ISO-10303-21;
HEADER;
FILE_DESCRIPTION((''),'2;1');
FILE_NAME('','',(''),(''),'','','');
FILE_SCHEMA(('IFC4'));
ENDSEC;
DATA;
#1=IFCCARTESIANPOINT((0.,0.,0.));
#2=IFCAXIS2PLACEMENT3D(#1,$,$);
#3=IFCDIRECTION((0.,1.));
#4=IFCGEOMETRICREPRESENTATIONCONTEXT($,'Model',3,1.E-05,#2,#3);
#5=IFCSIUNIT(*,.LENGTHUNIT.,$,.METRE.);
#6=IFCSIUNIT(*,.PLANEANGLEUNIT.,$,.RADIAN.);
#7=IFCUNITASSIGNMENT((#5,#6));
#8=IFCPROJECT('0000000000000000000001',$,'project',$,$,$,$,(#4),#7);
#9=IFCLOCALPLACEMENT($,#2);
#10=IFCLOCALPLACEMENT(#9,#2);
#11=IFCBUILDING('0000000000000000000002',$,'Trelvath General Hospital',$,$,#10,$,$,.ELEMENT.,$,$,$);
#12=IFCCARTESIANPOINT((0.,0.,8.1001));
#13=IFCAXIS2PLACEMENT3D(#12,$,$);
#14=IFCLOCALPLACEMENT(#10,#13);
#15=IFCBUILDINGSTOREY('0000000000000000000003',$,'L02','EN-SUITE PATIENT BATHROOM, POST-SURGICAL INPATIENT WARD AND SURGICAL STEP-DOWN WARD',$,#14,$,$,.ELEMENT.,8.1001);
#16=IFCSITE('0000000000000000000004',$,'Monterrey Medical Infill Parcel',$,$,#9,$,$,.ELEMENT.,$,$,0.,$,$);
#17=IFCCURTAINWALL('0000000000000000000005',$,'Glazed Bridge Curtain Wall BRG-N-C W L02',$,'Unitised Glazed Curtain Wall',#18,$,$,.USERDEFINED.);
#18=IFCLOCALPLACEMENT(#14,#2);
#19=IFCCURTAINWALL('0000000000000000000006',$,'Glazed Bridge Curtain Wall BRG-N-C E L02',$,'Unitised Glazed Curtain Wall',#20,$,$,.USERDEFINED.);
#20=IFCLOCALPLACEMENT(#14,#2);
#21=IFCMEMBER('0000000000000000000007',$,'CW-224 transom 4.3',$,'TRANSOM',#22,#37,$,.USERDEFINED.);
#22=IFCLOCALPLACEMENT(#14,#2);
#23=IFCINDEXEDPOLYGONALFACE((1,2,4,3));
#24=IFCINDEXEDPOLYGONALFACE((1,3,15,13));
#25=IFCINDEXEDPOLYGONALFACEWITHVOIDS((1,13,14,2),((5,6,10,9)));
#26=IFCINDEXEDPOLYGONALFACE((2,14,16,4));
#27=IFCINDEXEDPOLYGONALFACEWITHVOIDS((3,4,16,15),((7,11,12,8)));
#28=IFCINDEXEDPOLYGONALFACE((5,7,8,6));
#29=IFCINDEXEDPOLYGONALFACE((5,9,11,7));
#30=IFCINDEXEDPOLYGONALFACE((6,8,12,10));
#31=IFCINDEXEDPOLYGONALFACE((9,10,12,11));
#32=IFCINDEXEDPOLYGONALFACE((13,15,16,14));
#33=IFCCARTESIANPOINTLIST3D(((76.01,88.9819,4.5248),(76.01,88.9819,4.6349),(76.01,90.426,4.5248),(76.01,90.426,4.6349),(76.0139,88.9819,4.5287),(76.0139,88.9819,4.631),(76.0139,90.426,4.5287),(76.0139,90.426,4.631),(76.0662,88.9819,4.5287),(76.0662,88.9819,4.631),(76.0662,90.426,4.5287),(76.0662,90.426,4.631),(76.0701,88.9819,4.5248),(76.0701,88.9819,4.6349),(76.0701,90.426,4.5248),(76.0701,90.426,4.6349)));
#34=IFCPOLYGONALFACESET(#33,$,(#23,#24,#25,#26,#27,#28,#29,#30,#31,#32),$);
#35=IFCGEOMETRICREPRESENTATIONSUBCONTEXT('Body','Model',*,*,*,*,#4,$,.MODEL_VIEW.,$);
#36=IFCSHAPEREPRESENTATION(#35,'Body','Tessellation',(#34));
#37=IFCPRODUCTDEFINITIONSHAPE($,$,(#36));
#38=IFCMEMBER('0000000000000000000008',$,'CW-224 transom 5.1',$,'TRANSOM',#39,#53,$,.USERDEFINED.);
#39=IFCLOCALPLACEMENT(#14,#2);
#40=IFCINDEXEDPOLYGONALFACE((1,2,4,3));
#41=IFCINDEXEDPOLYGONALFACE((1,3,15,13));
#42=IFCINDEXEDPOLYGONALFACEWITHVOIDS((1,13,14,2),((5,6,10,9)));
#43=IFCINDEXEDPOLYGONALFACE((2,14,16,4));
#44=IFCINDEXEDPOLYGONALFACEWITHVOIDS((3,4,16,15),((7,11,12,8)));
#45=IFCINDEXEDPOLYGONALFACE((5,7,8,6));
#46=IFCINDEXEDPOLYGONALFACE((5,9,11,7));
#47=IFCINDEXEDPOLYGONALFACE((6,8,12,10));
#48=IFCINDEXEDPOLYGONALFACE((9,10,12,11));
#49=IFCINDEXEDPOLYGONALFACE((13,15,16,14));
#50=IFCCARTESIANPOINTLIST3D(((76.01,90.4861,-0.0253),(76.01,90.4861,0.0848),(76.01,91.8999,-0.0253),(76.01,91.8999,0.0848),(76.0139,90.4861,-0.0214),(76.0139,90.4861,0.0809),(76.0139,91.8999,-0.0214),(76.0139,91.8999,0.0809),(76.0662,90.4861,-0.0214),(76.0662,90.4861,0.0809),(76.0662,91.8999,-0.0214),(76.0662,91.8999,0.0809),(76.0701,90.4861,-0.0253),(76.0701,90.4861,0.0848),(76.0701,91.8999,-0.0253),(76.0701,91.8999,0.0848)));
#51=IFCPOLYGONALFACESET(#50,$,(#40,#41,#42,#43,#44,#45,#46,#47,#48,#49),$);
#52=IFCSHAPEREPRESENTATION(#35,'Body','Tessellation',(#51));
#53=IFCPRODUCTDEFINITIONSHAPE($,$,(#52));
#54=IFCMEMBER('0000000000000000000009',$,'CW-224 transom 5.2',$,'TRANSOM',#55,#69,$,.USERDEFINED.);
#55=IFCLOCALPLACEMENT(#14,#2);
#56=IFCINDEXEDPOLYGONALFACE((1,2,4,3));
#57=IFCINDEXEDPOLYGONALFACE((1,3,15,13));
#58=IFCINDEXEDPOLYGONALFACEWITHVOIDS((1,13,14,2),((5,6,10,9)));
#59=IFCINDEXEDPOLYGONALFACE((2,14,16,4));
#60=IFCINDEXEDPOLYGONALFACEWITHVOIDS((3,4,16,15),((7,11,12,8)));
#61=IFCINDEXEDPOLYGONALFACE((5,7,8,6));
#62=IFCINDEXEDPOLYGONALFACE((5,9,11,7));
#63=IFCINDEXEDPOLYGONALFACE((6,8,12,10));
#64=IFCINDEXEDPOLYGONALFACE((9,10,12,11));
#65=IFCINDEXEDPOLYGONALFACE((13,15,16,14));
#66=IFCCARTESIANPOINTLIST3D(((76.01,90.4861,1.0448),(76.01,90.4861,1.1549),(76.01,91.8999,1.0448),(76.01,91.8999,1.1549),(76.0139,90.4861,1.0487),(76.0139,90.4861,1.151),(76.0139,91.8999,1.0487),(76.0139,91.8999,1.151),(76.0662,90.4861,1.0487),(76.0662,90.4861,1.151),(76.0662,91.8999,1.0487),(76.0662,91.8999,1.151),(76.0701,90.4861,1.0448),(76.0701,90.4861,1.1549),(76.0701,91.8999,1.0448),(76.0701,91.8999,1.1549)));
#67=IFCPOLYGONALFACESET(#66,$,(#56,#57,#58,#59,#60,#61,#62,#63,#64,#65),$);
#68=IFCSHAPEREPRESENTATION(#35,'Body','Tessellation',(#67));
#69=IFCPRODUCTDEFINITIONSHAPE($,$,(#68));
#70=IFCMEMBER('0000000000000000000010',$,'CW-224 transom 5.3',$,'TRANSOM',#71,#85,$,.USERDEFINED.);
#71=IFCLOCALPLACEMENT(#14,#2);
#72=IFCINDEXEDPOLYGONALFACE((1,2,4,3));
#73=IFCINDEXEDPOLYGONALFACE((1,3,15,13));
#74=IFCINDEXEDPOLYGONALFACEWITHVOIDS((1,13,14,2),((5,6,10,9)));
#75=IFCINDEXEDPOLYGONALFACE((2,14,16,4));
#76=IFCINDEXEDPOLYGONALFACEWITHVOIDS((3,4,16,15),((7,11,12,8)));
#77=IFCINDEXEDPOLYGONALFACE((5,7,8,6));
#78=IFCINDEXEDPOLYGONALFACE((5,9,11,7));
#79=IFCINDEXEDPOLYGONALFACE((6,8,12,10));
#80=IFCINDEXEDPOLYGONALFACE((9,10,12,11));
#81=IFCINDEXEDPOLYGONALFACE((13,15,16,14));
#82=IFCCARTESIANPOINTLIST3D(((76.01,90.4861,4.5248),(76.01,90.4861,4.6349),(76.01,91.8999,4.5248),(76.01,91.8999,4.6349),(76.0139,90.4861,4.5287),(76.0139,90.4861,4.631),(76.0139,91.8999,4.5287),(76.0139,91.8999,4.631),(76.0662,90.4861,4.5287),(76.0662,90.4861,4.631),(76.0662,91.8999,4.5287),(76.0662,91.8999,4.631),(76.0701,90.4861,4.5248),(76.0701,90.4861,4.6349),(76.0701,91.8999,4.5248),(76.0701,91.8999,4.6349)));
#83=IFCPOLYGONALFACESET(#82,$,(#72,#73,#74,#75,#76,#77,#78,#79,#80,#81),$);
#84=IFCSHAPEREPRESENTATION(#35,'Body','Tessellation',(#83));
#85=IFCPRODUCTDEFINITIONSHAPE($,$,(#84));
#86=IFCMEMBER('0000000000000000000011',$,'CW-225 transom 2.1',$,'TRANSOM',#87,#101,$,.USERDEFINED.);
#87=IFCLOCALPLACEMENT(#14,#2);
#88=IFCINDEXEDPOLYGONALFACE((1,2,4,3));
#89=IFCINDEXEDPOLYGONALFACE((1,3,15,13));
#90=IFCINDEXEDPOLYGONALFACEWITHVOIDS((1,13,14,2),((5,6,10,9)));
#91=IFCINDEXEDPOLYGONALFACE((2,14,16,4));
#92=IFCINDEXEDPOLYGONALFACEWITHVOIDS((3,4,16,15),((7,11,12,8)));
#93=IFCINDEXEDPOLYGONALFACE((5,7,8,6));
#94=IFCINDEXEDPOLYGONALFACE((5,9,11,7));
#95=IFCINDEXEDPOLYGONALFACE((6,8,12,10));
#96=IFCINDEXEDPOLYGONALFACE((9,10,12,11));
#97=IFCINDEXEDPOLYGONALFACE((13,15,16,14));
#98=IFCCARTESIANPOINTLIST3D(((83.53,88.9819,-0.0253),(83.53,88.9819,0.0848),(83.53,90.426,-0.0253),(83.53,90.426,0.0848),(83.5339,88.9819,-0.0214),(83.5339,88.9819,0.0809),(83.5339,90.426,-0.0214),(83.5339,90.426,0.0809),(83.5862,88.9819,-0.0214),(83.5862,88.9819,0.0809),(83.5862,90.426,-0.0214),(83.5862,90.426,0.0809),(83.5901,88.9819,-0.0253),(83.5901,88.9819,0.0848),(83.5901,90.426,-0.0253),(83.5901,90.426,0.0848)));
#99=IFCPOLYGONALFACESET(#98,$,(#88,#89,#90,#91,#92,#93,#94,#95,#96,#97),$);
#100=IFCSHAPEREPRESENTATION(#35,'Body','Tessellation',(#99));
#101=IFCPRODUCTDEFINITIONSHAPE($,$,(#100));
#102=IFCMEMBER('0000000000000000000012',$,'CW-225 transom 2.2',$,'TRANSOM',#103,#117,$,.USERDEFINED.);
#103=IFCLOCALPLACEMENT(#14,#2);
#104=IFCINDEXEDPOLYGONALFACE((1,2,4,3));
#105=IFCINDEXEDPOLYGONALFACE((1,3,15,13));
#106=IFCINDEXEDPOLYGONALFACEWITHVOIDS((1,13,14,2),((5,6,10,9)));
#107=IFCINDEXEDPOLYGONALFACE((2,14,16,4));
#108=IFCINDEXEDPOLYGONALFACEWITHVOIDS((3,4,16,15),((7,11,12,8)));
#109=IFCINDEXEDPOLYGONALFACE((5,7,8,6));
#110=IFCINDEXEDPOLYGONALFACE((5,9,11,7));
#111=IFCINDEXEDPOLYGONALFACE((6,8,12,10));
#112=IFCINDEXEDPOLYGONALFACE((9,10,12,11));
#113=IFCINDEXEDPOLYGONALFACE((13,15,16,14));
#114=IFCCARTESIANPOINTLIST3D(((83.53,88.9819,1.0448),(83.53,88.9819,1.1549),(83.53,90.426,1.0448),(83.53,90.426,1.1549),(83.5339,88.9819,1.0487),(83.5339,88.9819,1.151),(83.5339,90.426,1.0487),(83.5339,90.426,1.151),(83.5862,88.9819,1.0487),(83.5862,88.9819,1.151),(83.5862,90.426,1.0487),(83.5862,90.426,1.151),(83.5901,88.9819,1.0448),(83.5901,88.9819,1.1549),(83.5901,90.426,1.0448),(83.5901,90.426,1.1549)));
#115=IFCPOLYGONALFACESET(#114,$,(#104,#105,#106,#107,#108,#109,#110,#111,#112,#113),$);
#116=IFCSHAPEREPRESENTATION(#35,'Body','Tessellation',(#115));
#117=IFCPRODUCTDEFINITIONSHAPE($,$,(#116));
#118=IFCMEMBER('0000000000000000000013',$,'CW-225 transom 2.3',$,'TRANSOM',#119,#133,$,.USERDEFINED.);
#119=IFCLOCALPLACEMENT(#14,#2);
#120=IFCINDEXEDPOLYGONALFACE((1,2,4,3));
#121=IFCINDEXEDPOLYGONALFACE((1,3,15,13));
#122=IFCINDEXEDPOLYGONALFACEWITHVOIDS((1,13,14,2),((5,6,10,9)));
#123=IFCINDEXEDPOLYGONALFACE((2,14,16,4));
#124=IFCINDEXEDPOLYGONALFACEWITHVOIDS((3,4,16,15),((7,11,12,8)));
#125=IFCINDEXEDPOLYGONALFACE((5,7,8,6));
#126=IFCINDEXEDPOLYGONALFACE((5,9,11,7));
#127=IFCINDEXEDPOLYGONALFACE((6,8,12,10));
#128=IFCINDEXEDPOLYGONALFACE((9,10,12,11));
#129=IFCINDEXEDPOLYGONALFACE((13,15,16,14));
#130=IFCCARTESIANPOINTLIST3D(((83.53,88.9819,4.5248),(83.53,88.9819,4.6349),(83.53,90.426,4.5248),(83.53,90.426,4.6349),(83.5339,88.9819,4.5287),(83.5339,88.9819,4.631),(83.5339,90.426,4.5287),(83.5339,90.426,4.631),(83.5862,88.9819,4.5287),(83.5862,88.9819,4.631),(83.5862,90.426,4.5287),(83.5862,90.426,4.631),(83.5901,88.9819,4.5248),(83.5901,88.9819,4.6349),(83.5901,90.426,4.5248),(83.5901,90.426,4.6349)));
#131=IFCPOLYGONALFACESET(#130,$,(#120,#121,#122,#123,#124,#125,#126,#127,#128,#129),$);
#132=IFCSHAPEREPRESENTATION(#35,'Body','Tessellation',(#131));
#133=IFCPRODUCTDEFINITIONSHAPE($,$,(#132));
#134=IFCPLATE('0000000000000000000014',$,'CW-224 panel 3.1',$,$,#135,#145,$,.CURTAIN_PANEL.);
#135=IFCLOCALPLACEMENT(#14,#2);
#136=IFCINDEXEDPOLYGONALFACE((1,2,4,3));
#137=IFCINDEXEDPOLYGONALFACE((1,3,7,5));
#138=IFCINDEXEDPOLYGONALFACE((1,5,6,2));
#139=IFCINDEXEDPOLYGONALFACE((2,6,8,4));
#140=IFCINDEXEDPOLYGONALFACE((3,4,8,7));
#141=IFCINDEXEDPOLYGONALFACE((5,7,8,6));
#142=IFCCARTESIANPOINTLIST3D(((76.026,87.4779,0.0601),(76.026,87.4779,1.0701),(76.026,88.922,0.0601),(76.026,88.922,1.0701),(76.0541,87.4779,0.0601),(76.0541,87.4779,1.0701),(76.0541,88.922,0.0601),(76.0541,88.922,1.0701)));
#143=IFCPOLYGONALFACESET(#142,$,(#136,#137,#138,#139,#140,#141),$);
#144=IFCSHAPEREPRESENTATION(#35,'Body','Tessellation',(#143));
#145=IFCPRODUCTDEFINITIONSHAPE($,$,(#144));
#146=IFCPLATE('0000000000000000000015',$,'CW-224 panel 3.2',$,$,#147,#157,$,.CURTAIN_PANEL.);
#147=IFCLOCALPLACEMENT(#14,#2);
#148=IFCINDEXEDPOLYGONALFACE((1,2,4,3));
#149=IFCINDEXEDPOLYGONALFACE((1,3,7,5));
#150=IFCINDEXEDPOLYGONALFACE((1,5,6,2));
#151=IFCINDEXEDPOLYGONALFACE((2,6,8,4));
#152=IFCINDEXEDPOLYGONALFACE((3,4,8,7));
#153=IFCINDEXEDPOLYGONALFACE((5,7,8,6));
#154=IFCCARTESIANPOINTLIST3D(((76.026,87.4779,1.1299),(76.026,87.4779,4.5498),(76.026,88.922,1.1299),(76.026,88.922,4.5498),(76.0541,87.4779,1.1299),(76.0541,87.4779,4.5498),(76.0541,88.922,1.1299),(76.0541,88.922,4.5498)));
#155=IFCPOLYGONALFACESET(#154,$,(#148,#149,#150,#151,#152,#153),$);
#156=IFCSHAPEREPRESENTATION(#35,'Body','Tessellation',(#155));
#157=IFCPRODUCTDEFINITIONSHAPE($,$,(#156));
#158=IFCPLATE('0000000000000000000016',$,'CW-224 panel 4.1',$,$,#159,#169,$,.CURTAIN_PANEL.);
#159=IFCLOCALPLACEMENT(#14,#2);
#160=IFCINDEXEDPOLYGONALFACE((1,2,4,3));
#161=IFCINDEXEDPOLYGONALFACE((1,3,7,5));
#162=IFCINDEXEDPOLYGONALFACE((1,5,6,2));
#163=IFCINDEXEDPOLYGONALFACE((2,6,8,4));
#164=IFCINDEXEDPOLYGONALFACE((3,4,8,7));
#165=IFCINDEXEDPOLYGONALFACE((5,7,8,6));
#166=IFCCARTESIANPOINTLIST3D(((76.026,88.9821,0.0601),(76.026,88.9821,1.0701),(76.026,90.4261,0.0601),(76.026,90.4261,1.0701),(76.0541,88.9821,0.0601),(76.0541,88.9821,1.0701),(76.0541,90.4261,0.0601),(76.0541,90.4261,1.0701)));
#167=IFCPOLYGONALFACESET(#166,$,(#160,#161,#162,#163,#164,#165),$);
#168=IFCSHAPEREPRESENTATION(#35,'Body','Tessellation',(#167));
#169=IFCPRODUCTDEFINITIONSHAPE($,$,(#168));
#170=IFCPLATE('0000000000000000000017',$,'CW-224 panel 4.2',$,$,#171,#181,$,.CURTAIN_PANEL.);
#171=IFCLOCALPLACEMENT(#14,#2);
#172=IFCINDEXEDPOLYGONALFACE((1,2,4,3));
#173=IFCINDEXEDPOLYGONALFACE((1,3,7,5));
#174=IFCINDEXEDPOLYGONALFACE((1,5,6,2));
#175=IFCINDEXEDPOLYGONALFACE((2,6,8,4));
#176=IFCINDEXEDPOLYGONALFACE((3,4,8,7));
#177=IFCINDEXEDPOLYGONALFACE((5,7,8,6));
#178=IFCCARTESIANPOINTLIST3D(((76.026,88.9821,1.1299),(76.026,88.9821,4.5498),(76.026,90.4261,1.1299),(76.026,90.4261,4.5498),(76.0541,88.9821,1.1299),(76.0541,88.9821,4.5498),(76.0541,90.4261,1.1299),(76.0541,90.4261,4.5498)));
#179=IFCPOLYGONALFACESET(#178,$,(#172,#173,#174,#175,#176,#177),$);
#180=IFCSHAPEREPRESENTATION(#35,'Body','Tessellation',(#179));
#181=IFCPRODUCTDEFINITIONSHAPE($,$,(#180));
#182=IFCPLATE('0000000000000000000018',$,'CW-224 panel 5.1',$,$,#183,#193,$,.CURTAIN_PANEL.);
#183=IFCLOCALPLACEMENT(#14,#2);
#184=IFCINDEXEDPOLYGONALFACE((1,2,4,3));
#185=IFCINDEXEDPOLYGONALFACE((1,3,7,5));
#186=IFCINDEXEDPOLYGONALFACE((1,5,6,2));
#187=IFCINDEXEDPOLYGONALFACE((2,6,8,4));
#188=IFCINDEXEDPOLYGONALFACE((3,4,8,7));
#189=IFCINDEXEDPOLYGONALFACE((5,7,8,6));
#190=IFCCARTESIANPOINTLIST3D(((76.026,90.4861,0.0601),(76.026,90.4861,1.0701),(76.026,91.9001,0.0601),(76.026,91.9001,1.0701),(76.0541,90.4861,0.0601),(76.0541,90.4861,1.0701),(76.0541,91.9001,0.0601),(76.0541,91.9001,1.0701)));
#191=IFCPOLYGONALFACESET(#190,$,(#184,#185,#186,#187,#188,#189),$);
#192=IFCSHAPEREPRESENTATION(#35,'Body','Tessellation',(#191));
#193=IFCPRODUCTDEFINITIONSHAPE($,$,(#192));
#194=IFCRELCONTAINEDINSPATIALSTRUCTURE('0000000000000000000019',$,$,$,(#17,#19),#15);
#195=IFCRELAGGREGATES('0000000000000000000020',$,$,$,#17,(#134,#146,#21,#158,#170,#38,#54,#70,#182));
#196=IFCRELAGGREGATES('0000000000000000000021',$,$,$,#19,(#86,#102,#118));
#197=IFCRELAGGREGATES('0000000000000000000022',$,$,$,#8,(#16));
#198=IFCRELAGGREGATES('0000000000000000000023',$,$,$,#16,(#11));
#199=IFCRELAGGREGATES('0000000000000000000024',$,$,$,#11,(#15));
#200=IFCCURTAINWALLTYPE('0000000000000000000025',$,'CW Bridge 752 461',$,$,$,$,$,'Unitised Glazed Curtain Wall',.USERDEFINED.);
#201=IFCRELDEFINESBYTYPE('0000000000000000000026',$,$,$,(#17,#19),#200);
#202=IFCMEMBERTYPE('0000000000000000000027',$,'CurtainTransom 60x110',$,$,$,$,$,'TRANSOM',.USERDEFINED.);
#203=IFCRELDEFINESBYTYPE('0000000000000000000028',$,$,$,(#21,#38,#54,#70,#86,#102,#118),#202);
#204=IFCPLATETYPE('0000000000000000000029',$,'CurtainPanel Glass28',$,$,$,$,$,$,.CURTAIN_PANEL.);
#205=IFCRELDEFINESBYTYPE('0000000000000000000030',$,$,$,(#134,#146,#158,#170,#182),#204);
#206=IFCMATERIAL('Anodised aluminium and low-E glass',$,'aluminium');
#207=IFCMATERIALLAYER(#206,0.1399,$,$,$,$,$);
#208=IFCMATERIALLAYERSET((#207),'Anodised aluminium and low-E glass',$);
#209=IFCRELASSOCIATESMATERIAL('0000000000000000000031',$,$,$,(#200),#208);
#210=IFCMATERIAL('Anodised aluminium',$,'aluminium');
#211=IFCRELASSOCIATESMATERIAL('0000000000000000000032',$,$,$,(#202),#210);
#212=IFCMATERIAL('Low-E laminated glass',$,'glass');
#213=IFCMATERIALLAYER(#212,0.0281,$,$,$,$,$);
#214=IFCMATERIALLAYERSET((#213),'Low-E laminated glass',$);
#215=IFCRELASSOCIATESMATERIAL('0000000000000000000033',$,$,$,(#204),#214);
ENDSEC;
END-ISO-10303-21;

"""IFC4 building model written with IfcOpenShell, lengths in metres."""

from ifc_helpers import new_model, si_unit, direction, frame, origin, origin_2d, place, context, subcontext, project, spatial, rectangle, hollow_rectangle, extrude, material, layer, layer_set, material_profile, profile_set, type_object, element, aggregate, save


model = new_model("IFC4")

# Units and contexts
model_context = context("Model", 3, precision=1e-05, world=origin(), true_north=direction((0.0, 1.0)))
body_context = subcontext(model_context, "Body", "Model", "MODEL_VIEW")
ifc_project = project(units=[si_unit("LENGTHUNIT", "METRE"), si_unit("PLANEANGLEUNIT", "RADIAN")], contexts=[model_context])

# Site, building, storey
site_placement = place(None, origin())
site = spatial("IfcSite", under=ifc_project, at=site_placement, Name="Monterrey Medical Infill Parcel", CompositionType="ELEMENT", RefElevation=0.0)
building_placement = place(site_placement, origin())
building = spatial("IfcBuilding", under=site, at=building_placement, Name="Trelvath General Hospital", CompositionType="ELEMENT")
storey_placement = place(building_placement, frame((0.0, 0.0, 8.1001)))
storey = spatial("IfcBuildingStorey", under=building, at=storey_placement, Name="L02", Description="EN-SUITE PATIENT BATHROOM, POST-SURGICAL INPATIENT WARD AND SURGICAL STEP-DOWN WARD", CompositionType="ELEMENT", Elevation=8.1001)

# Curtain walls
ifc_material_1 = material(Name="Anodised aluminium and low-E glass", Category="aluminium")
ifc_layer_1 = layer(ifc_material_1, 0.1399)
ifc_layer_set_1 = layer_set([ifc_layer_1], Name="Anodised aluminium and low-E glass")
curtain_wall_type = type_object("IfcCurtainWallType", Name="CW Bridge 752 461", ElementType="Unitised Glazed Curtain Wall", PredefinedType="USERDEFINED", material=ifc_layer_set_1)
curtain_wall_1_placement = place(storey_placement, origin())
curtain_wall_1 = element("IfcCurtainWall", 1, at=curtain_wall_1_placement, inside=storey, type_object=curtain_wall_type, Name="Glazed Bridge Curtain Wall BRG-N-C W L02", ObjectType="Unitised Glazed Curtain Wall", PredefinedType="USERDEFINED")
curtain_wall_2_placement = place(storey_placement, origin())
curtain_wall_2 = element("IfcCurtainWall", 2, at=curtain_wall_2_placement, inside=storey, type_object=curtain_wall_type, Name="Glazed Bridge Curtain Wall BRG-N-C E L02", ObjectType="Unitised Glazed Curtain Wall", PredefinedType="USERDEFINED")

# Members
ifc_material_2 = material(Name="Anodised aluminium", Category="aluminium")
ifc_material_profile_1 = material_profile(ifc_material_2, hollow_rectangle(XDim=0.0601, YDim=0.1101, WallThickness=0.0039, at=origin_2d()), Name="RHS60x110x4")
ifc_profile_set_1 = profile_set([ifc_material_profile_1], Name="Anodised aluminium")
member_type_1 = type_object("IfcMemberType", Name="CurtainTransom 60x110", ElementType="TRANSOM", PredefinedType="USERDEFINED", material=ifc_profile_set_1)
member_1_placement = place(storey_placement, frame((76.04, 88.9819, 4.5798), z_axis=(0.0, 1.0, 0.0), x_axis=(-1.0, 0.0, 0.0)))
member_1 = element("IfcMember", 3, at=member_1_placement, type_object=member_type_1, Name="CW-224 transom 4.3", ObjectType="TRANSOM", PredefinedType="USERDEFINED", context=body_context, shape_type="SweptSolid", body=[
    extrude(hollow_rectangle(XDim=0.0601, YDim=0.1101, WallThickness=0.0039, at=origin_2d()), origin(), (0.0, 0.0, 1.0), 1.4441),
])
member_2_placement = place(storey_placement, frame((76.04, 90.4861, 0.0298), z_axis=(0.0, 1.0, 0.0), x_axis=(-1.0, 0.0, 0.0)))
member_2 = element("IfcMember", 4, at=member_2_placement, type_object=member_type_1, Name="CW-224 transom 5.1", ObjectType="TRANSOM", PredefinedType="USERDEFINED", context=body_context, shape_type="SweptSolid", body=[
    extrude(hollow_rectangle(XDim=0.0601, YDim=0.1101, WallThickness=0.0039, at=origin_2d()), origin(), (0.0, 0.0, 1.0), 1.4138),
])
member_3_placement = place(storey_placement, frame((76.04, 90.4861, 1.0999), z_axis=(0.0, 1.0, 0.0), x_axis=(-1.0, 0.0, 0.0)))
member_3 = element("IfcMember", 5, at=member_3_placement, type_object=member_type_1, Name="CW-224 transom 5.2", ObjectType="TRANSOM", PredefinedType="USERDEFINED", context=body_context, shape_type="SweptSolid", body=[
    extrude(hollow_rectangle(XDim=0.0601, YDim=0.1101, WallThickness=0.0039, at=origin_2d()), origin(), (0.0, 0.0, 1.0), 1.4138),
])
member_4_placement = place(storey_placement, frame((76.04, 90.4861, 4.5798), z_axis=(0.0, 1.0, 0.0), x_axis=(-1.0, 0.0, 0.0)))
member_4 = element("IfcMember", 6, at=member_4_placement, type_object=member_type_1, Name="CW-224 transom 5.3", ObjectType="TRANSOM", PredefinedType="USERDEFINED", context=body_context, shape_type="SweptSolid", body=[
    extrude(hollow_rectangle(XDim=0.0601, YDim=0.1101, WallThickness=0.0039, at=origin_2d()), origin(), (0.0, 0.0, 1.0), 1.4138),
])
member_5_placement = place(storey_placement, frame((83.5601, 90.426, 0.0298), z_axis=(0.0, -1.0, 0.0), x_axis=(1.0, 0.0, 0.0)))
member_5 = element("IfcMember", 7, at=member_5_placement, type_object=member_type_1, Name="CW-225 transom 2.1", ObjectType="TRANSOM", PredefinedType="USERDEFINED", context=body_context, shape_type="SweptSolid", body=[
    extrude(hollow_rectangle(XDim=0.0601, YDim=0.1101, WallThickness=0.0039, at=origin_2d()), origin(), (0.0, 0.0, 1.0), 1.4441),
])
member_6_placement = place(storey_placement, frame((83.5601, 90.426, 1.0999), z_axis=(0.0, -1.0, 0.0), x_axis=(1.0, 0.0, 0.0)))
member_6 = element("IfcMember", 8, at=member_6_placement, type_object=member_type_1, Name="CW-225 transom 2.2", ObjectType="TRANSOM", PredefinedType="USERDEFINED", context=body_context, shape_type="SweptSolid", body=[
    extrude(hollow_rectangle(XDim=0.0601, YDim=0.1101, WallThickness=0.0039, at=origin_2d()), origin(), (0.0, 0.0, 1.0), 1.4441),
])
member_7_placement = place(storey_placement, frame((83.5601, 90.426, 4.5798), z_axis=(0.0, -1.0, 0.0), x_axis=(1.0, 0.0, 0.0)))
member_7 = element("IfcMember", 9, at=member_7_placement, type_object=member_type_1, Name="CW-225 transom 2.3", ObjectType="TRANSOM", PredefinedType="USERDEFINED", context=body_context, shape_type="SweptSolid", body=[
    extrude(hollow_rectangle(XDim=0.0601, YDim=0.1101, WallThickness=0.0039, at=origin_2d()), origin(), (0.0, 0.0, 1.0), 1.4441),
])

# Plates
ifc_material_3 = material(Name="Low-E laminated glass", Category="glass")
ifc_layer_2 = layer(ifc_material_3, 0.0281)
ifc_layer_set_2 = layer_set([ifc_layer_2], Name="Low-E laminated glass")
plate_type = type_object("IfcPlateType", Name="CurtainPanel Glass28", PredefinedType="CURTAIN_PANEL", material=ifc_layer_set_2)
plate_1_placement = place(storey_placement, frame((76.04, 88.2, 0.0601), z_axis=(0.0, 0.0, 1.0), x_axis=(0.0, 1.0, 0.0)))
plate_1 = element("IfcPlate", 10, at=plate_1_placement, type_object=plate_type, Name="CW-224 panel 3.1", PredefinedType="CURTAIN_PANEL", context=body_context, shape_type="SweptSolid", body=[
    extrude(rectangle(XDim=1.4441, YDim=0.0281, at=origin_2d()), origin(), (0.0, 0.0, 1.0), 1.01),
])
plate_2_placement = place(storey_placement, frame((76.04, 88.2, 1.1299), z_axis=(0.0, 0.0, 1.0), x_axis=(0.0, 1.0, 0.0)))
plate_2 = element("IfcPlate", 11, at=plate_2_placement, type_object=plate_type, Name="CW-224 panel 3.2", PredefinedType="CURTAIN_PANEL", context=body_context, shape_type="SweptSolid", body=[
    extrude(rectangle(XDim=1.4441, YDim=0.0281, at=origin_2d()), origin(), (0.0, 0.0, 1.0), 3.4199),
])
plate_3_placement = place(storey_placement, frame((76.04, 89.7041, 0.0601), z_axis=(0.0, 0.0, 1.0), x_axis=(0.0, 1.0, 0.0)))
plate_3 = element("IfcPlate", 12, at=plate_3_placement, type_object=plate_type, Name="CW-224 panel 4.1", PredefinedType="CURTAIN_PANEL", context=body_context, shape_type="SweptSolid", body=[
    extrude(rectangle(XDim=1.4441, YDim=0.0281, at=origin_2d()), origin(), (0.0, 0.0, 1.0), 1.01),
])
plate_4_placement = place(storey_placement, frame((76.04, 89.7041, 1.1299), z_axis=(0.0, 0.0, 1.0), x_axis=(0.0, 1.0, 0.0)))
plate_4 = element("IfcPlate", 13, at=plate_4_placement, type_object=plate_type, Name="CW-224 panel 4.2", PredefinedType="CURTAIN_PANEL", context=body_context, shape_type="SweptSolid", body=[
    extrude(rectangle(XDim=1.4441, YDim=0.0281, at=origin_2d()), origin(), (0.0, 0.0, 1.0), 3.4199),
])
plate_5_placement = place(storey_placement, frame((76.04, 91.1931, 0.0601), z_axis=(0.0, 0.0, 1.0), x_axis=(0.0, 1.0, 0.0)))
plate_5 = element("IfcPlate", 14, at=plate_5_placement, type_object=plate_type, Name="CW-224 panel 5.1", PredefinedType="CURTAIN_PANEL", context=body_context, shape_type="SweptSolid", body=[
    extrude(rectangle(XDim=1.4141, YDim=0.0281, at=origin_2d()), origin(), (0.0, 0.0, 1.0), 1.01),
])
aggregate(curtain_wall_1, [plate_1, plate_2, member_1, plate_3, plate_4, member_2, member_3, member_4, plate_5])
aggregate(curtain_wall_2, [member_5, member_6, member_7])

save(model, "model.ifc")
